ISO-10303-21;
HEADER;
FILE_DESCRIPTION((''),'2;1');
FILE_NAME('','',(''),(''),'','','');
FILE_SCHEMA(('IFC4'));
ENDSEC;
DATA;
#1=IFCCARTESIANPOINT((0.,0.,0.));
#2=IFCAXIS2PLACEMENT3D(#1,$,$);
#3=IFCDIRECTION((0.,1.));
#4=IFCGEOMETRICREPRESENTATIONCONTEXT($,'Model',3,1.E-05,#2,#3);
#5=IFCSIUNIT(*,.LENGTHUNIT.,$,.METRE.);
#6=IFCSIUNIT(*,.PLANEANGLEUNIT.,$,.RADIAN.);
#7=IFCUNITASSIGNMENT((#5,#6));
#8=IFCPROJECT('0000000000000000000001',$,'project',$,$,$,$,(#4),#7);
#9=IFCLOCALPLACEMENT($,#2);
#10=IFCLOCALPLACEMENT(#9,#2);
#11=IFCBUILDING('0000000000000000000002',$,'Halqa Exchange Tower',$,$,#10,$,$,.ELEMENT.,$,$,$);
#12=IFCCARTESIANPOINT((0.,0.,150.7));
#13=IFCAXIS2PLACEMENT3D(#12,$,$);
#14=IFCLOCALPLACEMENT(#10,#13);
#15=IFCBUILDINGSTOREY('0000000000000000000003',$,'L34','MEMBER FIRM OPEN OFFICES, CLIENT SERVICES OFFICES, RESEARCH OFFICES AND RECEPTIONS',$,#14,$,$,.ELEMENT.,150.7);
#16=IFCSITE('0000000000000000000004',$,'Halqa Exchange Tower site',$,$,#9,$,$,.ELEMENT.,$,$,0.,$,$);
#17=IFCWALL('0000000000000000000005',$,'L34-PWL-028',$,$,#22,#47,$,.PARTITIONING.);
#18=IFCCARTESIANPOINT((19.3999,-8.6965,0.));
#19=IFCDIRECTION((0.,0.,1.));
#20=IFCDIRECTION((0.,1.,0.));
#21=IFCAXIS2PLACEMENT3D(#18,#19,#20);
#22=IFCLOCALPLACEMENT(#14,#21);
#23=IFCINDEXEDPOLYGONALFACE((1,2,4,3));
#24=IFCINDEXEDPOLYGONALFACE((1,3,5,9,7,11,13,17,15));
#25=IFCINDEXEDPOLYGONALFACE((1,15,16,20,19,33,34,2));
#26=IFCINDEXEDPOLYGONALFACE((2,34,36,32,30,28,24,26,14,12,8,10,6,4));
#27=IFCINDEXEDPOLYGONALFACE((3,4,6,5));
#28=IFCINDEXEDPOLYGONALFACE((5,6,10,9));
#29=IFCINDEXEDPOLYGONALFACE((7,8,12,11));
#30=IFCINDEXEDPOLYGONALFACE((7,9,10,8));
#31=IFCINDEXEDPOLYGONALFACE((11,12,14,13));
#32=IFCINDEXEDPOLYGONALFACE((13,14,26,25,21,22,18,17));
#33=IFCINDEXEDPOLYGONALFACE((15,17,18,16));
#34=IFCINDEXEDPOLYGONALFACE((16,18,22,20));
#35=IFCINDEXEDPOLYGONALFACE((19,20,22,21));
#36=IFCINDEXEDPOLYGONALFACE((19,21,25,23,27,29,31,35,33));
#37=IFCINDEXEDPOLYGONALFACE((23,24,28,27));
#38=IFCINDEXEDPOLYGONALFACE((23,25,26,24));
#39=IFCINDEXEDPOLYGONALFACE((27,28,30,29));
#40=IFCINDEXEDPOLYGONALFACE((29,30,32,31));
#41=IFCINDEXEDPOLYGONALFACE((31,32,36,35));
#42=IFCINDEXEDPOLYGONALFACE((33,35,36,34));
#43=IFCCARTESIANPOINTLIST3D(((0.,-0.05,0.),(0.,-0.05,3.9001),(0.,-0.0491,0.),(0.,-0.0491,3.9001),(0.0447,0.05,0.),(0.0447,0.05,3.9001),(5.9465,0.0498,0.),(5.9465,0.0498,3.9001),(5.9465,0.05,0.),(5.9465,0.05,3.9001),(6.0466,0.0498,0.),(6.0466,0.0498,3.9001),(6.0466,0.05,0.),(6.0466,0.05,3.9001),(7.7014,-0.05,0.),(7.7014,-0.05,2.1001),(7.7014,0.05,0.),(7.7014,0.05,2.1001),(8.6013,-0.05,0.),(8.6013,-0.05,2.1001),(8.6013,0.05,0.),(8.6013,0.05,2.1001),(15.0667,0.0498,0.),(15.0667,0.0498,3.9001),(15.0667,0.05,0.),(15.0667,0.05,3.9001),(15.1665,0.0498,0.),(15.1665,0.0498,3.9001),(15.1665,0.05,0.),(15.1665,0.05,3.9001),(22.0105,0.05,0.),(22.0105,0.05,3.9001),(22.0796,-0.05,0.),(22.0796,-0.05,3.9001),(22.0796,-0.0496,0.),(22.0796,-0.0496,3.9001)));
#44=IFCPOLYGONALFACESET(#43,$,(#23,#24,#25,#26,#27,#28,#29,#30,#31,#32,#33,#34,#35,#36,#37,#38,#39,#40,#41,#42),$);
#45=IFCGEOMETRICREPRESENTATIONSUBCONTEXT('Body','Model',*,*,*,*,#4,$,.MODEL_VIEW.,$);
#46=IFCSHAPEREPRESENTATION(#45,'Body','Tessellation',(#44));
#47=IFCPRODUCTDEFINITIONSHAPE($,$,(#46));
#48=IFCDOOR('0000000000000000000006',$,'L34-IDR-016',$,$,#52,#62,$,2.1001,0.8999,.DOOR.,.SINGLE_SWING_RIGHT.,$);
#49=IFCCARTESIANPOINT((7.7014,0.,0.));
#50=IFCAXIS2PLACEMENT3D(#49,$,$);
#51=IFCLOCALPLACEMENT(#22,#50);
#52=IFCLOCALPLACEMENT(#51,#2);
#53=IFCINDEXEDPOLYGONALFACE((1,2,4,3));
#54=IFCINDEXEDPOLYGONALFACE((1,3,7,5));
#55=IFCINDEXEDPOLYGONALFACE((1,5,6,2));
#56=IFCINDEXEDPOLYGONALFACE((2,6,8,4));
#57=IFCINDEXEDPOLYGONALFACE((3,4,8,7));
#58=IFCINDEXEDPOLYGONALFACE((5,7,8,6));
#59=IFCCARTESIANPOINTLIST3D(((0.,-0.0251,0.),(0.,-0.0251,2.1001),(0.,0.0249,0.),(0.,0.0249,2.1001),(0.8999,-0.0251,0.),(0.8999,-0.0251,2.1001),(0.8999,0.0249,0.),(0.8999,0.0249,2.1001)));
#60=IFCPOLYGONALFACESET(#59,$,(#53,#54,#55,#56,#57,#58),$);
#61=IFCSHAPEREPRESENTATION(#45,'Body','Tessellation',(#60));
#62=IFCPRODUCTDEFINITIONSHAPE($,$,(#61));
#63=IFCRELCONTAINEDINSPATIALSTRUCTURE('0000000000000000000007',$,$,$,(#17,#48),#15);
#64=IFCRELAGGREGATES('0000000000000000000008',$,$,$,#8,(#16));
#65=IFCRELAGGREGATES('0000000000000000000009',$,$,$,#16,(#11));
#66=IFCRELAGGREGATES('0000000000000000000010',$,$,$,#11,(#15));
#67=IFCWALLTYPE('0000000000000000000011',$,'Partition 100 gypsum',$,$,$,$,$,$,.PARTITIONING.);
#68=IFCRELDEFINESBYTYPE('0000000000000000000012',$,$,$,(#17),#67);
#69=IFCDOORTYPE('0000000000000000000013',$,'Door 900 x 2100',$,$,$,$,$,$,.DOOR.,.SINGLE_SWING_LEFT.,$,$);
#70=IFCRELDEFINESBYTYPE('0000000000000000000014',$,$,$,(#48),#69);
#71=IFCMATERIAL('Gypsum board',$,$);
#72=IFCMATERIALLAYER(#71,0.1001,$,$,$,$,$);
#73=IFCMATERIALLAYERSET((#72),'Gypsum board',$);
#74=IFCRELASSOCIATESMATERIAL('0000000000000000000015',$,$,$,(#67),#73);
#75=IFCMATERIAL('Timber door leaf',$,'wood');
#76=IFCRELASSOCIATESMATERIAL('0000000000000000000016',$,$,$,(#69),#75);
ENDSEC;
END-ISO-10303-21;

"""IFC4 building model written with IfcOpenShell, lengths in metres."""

from ifc_helpers import new_model, si_unit, direction, frame, frame_2d, origin, place, context, subcontext, project, spatial, polyline, rectangle, outline, extrude, material, layer, layer_set, type_object, element, fill, save


model = new_model("IFC4")

# Units and contexts
model_context = context("Model", 3, precision=1e-05, world=origin(), true_north=direction((0.0, 1.0)))
body_context = subcontext(model_context, "Body", "Model", "MODEL_VIEW")
ifc_project = project(units=[si_unit("LENGTHUNIT", "METRE"), si_unit("PLANEANGLEUNIT", "RADIAN")], contexts=[model_context])

# Site, building, storey
site_placement = place(None, origin())
site = spatial("IfcSite", under=ifc_project, at=site_placement, Name="Halqa Exchange Tower site", CompositionType="ELEMENT", RefElevation=0.0)
building_placement = place(site_placement, origin())
building = spatial("IfcBuilding", under=site, at=building_placement, Name="Halqa Exchange Tower", CompositionType="ELEMENT")
storey_placement = place(building_placement, frame((0.0, 0.0, 150.7)))
storey = spatial("IfcBuildingStorey", under=building, at=storey_placement, Name="L34", Description="MEMBER FIRM OPEN OFFICES, CLIENT SERVICES OFFICES, RESEARCH OFFICES AND RECEPTIONS", CompositionType="ELEMENT", Elevation=150.7)

# Shared definitions
ifc_material_1 = material(Name="Gypsum board")
ifc_layer_1 = layer(ifc_material_1, 0.1001)
ifc_layer_set_1 = layer_set([ifc_layer_1], Name="Gypsum board")
wall_type_1 = type_object("IfcWallType", Name="Partition 100 gypsum", PredefinedType="PARTITIONING", material=ifc_layer_set_1)

# Wall, opening, door
wall_1_placement = place(storey_placement, frame((19.3999, -8.6965, 0.0), z_axis=(0.0, 0.0, 1.0), x_axis=(0.0, 1.0, 0.0)))
wall_1 = element("IfcWall", 1, at=wall_1_placement, inside=storey, type_object=wall_type_1, Name="L34-PWL-028", PredefinedType="PARTITIONING", context=body_context, shape_type="SweptSolid", body=[
    extrude(outline(polyline([(22.0796, -0.05), (22.0796, -0.0496), (22.0105, 0.05), (20.2996, 0.05), (18.5886, 0.05), (16.8774, 0.05), (15.1665, 0.05), (15.1665, 0.0498), (15.0667, 0.0498), (15.0667, 0.05), (13.2625, 0.05), (11.4585, 0.05), (9.6545, 0.05), (7.8506, 0.05), (6.0466, 0.05), (6.0466, 0.0498), (5.9465, 0.0498), (5.9465, 0.05), (3.9792, 0.05), (2.012, 0.05), (0.0447, 0.05), (0.0, -0.0491), (0.0, -0.05), (1.8398, -0.05), (3.6799, -0.05), (5.52, -0.05), (7.3599, -0.05), (9.1997, -0.05), (11.0398, -0.05), (12.8799, -0.05), (14.7197, -0.05), (16.5596, -0.05), (18.3997, -0.05), (20.2397, -0.05), (22.0796, -0.05)])), origin(), (0.0, 0.0, 1.0), 3.9001),
])
opening_1_placement = place(wall_1_placement, frame((7.7014, 0.0, 0.0)))
opening_1 = element("IfcOpeningElement", 2, at=opening_1_placement, cuts=wall_1, PredefinedType="OPENING", context=body_context, shape_type="SweptSolid", body=[
    extrude(rectangle(XDim=0.8999, YDim=2.1001, at=frame_2d((0.45, 1.05))), frame((0.0, 0.062, 0.0), z_axis=(0.0, -1.0, 0.0), x_axis=(1.0, 0.0, 0.0)), (0.0, 0.0, 1.0), 0.124),
])
ifc_material_2 = material(Name="Timber door leaf", Category="wood")
door_type_1 = type_object("IfcDoorType", Name="Door 900 x 2100", OperationType="SINGLE_SWING_LEFT", PredefinedType="DOOR", material=ifc_material_2)
door_1_placement = place(opening_1_placement, origin())
door_1 = element("IfcDoor", 3, at=door_1_placement, inside=storey, type_object=door_type_1, Name="L34-IDR-016", OperationType="SINGLE_SWING_RIGHT", OverallHeight=2.1001, OverallWidth=0.8999, PredefinedType="DOOR", context=body_context, shape_type="SweptSolid", body=[
    extrude(rectangle(XDim=0.8999, YDim=2.1001, at=frame_2d((0.45, 1.05))), frame((0.0, 0.0249, 0.0), z_axis=(0.0, -1.0, 0.0), x_axis=(1.0, 0.0, 0.0)), (0.0, 0.0, 1.0), 0.05),
])
fill(opening_1, door_1)

save(model, "model.ifc")
